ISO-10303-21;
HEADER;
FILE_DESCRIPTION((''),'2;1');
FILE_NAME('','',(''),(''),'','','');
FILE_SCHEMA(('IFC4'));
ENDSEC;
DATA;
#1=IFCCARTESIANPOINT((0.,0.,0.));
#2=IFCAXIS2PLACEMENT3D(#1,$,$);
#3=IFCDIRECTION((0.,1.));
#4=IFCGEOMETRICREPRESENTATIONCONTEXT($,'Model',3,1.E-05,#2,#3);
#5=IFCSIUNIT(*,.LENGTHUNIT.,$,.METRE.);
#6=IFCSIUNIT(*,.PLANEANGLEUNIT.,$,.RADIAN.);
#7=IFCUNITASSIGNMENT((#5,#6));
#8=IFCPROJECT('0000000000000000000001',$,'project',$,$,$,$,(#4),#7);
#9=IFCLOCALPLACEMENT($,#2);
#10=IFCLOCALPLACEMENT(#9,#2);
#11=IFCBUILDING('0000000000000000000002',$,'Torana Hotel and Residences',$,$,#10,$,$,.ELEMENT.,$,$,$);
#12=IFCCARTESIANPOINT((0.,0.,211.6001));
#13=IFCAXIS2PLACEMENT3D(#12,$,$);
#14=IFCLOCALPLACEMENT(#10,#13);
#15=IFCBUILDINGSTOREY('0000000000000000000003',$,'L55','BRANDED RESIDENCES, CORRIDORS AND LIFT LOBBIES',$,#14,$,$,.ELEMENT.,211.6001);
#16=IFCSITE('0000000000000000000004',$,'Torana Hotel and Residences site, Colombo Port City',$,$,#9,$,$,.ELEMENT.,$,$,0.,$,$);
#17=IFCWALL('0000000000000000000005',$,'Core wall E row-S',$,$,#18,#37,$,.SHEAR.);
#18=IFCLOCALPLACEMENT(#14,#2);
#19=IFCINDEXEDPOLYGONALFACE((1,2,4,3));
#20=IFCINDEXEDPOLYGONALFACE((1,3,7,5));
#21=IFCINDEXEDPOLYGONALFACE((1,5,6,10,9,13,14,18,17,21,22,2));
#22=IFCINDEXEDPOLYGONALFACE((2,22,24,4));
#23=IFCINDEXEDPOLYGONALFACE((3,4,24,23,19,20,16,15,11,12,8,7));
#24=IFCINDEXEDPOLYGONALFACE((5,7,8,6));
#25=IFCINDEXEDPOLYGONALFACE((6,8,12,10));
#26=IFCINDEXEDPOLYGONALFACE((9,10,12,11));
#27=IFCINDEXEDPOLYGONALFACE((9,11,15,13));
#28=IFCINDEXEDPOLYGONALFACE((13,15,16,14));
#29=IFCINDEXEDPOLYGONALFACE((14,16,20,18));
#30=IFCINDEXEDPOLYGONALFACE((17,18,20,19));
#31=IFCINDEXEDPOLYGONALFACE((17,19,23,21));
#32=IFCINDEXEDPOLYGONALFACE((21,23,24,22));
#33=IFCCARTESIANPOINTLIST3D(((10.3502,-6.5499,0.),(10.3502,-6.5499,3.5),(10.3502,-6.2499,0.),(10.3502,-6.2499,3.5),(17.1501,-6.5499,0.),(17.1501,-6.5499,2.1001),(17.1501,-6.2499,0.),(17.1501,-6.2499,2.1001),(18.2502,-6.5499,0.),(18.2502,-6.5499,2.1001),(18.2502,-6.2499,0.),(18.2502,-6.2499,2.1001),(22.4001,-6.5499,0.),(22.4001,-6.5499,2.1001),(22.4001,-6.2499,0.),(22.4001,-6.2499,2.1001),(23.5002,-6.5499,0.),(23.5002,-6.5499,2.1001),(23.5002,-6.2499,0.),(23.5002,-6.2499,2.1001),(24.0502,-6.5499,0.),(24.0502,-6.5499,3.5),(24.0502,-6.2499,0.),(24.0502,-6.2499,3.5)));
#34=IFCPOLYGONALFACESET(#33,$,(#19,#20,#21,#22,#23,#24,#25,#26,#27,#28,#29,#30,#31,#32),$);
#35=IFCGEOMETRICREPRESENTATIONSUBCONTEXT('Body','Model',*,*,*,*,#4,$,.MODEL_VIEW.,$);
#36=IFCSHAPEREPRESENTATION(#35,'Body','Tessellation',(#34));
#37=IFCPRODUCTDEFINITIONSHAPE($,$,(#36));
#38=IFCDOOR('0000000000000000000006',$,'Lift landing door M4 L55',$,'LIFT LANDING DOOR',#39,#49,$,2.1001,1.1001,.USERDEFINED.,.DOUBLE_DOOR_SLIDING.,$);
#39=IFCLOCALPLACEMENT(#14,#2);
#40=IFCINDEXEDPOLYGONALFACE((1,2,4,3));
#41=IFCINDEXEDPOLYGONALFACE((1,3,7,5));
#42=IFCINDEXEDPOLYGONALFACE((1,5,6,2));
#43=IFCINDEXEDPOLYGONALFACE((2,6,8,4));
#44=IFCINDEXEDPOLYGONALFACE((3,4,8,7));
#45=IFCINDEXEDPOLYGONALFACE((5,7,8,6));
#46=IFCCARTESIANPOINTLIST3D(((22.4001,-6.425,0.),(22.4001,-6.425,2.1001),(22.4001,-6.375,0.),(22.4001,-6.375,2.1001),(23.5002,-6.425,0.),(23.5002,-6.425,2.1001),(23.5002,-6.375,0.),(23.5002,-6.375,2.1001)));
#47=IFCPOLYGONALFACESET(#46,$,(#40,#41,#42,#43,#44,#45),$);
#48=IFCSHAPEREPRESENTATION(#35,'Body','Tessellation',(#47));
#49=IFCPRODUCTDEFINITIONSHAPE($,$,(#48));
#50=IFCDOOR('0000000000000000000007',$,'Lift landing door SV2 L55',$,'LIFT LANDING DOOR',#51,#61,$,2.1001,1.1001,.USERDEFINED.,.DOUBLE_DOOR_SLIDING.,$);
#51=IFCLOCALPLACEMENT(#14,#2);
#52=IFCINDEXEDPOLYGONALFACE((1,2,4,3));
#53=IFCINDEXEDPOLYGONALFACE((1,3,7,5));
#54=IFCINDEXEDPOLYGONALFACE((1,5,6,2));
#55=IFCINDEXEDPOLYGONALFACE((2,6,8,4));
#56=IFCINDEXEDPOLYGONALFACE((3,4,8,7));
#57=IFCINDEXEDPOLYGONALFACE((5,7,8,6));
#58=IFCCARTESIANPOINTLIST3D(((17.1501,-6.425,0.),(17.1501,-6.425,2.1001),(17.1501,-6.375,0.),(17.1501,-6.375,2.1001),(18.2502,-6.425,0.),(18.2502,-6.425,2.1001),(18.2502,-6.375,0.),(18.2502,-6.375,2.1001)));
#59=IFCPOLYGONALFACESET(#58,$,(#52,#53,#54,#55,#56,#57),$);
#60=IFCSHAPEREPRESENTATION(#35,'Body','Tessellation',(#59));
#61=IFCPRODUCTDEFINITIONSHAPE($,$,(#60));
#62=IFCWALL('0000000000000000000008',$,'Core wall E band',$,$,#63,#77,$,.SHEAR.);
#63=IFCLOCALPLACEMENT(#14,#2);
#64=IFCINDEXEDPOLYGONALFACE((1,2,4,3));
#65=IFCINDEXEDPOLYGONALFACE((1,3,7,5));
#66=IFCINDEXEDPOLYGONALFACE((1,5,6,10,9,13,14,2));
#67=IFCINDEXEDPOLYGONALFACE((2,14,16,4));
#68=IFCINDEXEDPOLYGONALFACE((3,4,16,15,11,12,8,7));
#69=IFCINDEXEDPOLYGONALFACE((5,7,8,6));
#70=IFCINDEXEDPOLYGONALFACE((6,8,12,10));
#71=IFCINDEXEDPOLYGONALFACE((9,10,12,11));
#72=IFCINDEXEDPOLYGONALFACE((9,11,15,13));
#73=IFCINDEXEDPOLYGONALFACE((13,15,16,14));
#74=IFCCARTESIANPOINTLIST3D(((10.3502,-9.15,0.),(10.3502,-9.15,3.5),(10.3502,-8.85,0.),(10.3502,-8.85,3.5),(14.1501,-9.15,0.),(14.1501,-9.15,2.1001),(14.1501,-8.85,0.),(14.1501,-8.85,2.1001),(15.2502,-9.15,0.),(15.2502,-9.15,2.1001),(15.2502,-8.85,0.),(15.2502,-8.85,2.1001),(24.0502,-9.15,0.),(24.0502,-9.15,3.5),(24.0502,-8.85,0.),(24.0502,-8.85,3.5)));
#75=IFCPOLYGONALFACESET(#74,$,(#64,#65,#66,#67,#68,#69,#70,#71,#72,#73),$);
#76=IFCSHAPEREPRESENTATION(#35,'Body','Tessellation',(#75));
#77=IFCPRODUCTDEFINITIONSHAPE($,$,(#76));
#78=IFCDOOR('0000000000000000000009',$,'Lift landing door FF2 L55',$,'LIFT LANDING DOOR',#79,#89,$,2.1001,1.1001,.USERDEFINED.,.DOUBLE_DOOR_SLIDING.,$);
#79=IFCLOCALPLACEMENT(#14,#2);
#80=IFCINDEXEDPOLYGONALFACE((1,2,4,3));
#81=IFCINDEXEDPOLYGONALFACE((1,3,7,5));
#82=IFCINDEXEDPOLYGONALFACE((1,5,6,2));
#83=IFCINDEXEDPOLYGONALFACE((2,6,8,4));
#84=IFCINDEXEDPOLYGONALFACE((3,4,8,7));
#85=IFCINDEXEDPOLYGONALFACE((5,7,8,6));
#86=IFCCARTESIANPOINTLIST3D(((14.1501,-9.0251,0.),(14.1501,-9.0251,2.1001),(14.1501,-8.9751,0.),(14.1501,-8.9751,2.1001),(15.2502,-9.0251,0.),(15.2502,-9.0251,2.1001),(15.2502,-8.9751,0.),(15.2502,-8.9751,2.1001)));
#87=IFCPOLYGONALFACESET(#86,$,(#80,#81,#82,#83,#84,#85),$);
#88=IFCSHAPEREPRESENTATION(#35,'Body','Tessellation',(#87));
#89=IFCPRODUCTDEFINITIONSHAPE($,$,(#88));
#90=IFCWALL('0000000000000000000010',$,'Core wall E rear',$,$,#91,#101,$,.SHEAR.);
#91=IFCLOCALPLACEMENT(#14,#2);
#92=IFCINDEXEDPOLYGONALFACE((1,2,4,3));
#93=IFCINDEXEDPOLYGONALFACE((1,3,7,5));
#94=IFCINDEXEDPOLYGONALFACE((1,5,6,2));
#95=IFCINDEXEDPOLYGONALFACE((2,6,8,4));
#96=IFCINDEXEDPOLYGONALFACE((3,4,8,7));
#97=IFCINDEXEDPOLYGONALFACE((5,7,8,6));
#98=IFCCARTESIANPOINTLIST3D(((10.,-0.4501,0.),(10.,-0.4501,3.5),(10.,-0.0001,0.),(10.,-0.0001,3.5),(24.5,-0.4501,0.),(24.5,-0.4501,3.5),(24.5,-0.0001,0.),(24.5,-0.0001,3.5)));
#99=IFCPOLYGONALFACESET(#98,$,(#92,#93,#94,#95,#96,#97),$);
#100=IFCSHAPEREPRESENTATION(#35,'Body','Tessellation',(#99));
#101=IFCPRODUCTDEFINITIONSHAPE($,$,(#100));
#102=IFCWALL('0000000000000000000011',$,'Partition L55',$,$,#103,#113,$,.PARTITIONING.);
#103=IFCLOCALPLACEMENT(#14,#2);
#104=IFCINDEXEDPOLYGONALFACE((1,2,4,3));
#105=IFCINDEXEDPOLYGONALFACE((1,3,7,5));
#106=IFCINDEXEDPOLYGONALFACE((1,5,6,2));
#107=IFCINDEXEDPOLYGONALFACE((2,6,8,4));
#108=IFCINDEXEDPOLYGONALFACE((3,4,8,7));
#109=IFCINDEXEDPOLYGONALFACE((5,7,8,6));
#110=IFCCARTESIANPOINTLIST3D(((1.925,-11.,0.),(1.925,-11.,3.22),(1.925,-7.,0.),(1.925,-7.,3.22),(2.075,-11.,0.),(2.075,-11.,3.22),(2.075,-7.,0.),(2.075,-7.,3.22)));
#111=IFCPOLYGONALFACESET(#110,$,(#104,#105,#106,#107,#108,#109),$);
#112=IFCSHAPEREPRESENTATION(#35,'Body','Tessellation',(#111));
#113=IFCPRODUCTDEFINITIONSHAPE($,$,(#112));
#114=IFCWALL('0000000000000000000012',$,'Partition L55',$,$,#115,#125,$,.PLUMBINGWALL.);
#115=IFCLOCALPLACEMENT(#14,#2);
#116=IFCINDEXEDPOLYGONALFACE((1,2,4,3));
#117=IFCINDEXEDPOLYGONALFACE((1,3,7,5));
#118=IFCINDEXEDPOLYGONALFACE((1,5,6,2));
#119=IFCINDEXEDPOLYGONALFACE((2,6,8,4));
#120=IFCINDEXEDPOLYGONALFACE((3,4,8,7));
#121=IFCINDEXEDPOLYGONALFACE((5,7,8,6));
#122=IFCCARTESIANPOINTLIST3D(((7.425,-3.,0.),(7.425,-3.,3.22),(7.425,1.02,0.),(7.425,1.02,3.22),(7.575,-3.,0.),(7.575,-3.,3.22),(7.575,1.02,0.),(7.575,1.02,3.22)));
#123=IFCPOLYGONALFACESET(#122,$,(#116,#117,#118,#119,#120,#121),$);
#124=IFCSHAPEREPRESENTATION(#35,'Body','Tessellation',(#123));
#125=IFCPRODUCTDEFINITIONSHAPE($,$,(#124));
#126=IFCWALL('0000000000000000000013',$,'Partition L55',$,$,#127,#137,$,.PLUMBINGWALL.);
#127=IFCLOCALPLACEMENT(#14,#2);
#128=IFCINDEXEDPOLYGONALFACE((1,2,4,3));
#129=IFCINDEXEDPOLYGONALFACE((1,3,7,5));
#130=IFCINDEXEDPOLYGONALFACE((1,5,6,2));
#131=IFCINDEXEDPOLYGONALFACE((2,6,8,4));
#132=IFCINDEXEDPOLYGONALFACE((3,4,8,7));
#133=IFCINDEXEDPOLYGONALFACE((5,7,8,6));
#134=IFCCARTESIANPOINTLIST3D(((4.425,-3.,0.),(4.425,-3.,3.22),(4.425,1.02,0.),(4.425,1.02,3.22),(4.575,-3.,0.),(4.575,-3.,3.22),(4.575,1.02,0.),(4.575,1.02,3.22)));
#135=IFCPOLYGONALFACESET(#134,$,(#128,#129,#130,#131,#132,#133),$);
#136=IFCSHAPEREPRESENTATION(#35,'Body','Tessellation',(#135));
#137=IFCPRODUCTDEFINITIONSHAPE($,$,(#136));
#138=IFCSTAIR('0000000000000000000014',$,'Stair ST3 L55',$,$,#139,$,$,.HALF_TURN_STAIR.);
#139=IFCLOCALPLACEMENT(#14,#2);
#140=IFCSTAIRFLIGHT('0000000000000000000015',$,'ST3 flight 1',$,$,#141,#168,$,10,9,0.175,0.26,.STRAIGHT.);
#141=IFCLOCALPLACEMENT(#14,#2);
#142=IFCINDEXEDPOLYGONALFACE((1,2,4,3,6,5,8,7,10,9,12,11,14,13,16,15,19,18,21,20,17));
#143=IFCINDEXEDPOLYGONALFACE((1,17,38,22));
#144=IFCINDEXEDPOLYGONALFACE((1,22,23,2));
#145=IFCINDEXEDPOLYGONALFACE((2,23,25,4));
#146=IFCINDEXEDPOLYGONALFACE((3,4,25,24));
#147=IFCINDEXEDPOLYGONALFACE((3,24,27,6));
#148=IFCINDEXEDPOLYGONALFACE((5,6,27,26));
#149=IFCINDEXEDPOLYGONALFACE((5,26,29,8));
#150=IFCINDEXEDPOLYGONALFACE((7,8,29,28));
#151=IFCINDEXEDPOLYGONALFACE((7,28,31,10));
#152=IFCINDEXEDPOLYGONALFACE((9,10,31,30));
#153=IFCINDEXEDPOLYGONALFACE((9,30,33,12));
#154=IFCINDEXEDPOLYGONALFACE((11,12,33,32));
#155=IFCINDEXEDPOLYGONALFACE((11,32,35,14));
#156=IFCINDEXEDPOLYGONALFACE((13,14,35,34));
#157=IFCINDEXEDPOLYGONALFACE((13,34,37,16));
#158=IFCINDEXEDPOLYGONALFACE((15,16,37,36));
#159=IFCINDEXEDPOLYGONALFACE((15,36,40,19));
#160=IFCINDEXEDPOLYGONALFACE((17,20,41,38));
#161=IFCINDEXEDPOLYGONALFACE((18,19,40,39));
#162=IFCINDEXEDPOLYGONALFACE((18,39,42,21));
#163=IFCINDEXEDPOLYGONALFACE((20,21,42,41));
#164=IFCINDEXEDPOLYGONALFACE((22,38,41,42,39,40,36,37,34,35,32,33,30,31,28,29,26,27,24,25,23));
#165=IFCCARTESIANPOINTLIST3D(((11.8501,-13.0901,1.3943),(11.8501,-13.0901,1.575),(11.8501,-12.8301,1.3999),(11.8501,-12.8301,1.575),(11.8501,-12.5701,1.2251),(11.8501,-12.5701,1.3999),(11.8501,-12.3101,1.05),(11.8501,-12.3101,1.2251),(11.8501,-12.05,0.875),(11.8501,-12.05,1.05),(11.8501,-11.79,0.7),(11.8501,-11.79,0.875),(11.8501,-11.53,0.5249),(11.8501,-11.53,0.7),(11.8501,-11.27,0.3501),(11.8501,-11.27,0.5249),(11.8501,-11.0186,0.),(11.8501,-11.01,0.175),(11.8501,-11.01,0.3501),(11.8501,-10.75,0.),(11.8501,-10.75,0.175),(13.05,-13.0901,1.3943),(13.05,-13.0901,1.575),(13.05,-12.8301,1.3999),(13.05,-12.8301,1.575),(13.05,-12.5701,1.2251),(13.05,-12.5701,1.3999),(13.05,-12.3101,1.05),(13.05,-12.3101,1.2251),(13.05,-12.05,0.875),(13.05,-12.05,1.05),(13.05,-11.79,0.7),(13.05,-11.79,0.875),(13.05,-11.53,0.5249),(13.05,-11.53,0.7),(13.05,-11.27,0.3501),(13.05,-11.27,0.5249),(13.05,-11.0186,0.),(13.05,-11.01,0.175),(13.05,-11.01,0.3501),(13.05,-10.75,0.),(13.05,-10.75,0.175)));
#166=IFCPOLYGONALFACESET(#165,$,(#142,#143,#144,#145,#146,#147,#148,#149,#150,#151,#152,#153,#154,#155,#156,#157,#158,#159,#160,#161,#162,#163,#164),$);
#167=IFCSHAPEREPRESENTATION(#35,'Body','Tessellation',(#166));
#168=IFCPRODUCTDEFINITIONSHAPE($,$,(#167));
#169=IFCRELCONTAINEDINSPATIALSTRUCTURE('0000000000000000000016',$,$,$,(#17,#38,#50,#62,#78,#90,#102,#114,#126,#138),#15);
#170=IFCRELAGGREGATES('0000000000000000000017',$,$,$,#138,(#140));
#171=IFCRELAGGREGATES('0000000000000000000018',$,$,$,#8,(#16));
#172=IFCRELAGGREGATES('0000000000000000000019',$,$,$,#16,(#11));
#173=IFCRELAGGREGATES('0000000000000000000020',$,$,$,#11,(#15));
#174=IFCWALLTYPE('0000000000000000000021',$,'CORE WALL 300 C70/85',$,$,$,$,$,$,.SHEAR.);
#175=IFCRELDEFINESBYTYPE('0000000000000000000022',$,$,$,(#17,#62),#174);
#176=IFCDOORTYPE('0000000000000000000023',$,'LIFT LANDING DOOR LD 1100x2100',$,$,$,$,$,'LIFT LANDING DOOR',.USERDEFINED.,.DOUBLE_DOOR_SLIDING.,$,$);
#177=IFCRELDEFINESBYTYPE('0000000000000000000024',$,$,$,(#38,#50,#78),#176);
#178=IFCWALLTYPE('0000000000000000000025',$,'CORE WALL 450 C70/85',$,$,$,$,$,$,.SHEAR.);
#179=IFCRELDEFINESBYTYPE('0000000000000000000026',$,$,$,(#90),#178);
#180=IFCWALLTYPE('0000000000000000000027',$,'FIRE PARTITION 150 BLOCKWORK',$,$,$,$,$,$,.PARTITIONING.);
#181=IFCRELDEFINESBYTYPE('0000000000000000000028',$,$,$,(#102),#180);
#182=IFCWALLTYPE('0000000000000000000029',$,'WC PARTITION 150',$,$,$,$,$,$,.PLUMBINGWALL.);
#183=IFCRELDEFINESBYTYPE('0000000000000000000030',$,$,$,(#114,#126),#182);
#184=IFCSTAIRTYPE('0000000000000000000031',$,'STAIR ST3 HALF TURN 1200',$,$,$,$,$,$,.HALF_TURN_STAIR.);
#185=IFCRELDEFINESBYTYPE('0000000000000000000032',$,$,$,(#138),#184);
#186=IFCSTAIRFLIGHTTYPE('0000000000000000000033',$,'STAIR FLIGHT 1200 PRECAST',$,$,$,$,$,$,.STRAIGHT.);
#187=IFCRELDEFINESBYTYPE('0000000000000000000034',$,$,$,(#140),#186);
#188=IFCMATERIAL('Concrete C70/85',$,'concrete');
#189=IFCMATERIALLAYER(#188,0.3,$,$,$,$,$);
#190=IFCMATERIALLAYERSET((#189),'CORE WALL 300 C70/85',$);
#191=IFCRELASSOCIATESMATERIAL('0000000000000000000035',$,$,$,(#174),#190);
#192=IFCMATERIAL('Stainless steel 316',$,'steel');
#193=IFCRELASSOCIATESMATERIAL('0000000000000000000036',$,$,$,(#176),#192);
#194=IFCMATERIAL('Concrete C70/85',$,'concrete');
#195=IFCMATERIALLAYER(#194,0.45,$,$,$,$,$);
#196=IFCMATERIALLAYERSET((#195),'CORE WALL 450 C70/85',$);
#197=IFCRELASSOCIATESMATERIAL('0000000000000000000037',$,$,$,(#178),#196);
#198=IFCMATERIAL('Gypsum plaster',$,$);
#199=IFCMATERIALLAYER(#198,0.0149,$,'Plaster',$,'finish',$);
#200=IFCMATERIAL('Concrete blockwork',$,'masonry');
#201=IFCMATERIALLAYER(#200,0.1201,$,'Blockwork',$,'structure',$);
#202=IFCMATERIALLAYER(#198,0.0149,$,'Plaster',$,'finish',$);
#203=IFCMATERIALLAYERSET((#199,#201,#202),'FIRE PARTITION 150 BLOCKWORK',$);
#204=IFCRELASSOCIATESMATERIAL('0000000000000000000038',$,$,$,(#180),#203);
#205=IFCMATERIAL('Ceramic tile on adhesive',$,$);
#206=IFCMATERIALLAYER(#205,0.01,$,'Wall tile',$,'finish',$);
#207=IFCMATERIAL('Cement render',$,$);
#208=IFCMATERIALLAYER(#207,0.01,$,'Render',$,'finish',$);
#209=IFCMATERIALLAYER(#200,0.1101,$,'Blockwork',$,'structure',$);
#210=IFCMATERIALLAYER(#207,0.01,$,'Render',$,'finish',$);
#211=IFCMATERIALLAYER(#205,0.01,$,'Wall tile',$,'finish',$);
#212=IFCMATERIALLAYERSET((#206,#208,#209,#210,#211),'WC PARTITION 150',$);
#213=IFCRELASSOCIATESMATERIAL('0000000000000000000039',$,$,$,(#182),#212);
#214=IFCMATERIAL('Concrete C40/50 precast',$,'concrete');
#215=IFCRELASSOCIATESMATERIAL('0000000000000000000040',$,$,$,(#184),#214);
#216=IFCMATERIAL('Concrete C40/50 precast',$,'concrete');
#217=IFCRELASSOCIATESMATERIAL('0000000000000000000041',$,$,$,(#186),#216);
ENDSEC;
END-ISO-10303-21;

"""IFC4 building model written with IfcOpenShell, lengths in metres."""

from ifc_helpers import new_model, si_unit, direction, frame, frame_2d, origin, place, context, subcontext, project, spatial, polyline, rectangle, outline, extrude, material, layer, layer_set, type_object, element, fill, aggregate, save


model = new_model("IFC4")

# Units and contexts
model_context = context("Model", 3, precision=1e-05, world=origin(), true_north=direction((0.0, 1.0)))
body_context = subcontext(model_context, "Body", "Model", "MODEL_VIEW")
ifc_project = project(units=[si_unit("LENGTHUNIT", "METRE"), si_unit("PLANEANGLEUNIT", "RADIAN")], contexts=[model_context])

# Site, building, storey
site_placement = place(None, origin())
site = spatial("IfcSite", under=ifc_project, at=site_placement, Name="Torana Hotel and Residences site, Colombo Port City", CompositionType="ELEMENT", RefElevation=0.0)
building_placement = place(site_placement, origin())
building = spatial("IfcBuilding", under=site, at=building_placement, Name="Torana Hotel and Residences", CompositionType="ELEMENT")
storey_placement = place(building_placement, frame((0.0, 0.0, 211.6001)))
storey = spatial("IfcBuildingStorey", under=building, at=storey_placement, Name="L55", Description="BRANDED RESIDENCES, CORRIDORS AND LIFT LOBBIES", CompositionType="ELEMENT", Elevation=211.6001)

# Wall, openings, doors
ifc_material_1 = material(Name="Concrete C70/85", Category="concrete")
ifc_layer_1 = layer(ifc_material_1, 0.3)
ifc_layer_set_1 = layer_set([ifc_layer_1], Name="CORE WALL 300 C70/85")
wall_type_1 = type_object("IfcWallType", Name="CORE WALL 300 C70/85", PredefinedType="SHEAR", material=ifc_layer_set_1)
ifc_material_2 = material(Name="Stainless steel 316", Category="steel")
door_type_1 = type_object("IfcDoorType", Name="LIFT LANDING DOOR LD 1100x2100", ElementType="LIFT LANDING DOOR", OperationType="DOUBLE_DOOR_SLIDING", PredefinedType="USERDEFINED", material=ifc_material_2)
wall_1_placement = place(storey_placement, frame((10.3501, -6.3999, 0.0), z_axis=(0.0, 0.0, 1.0), x_axis=(1.0, 0.0, 0.0)))
wall_1 = element("IfcWall", 1, at=wall_1_placement, inside=storey, type_object=wall_type_1, Name="Core wall E row-S", PredefinedType="SHEAR", context=body_context, shape_type="SweptSolid", body=[
    extrude(rectangle(XDim=13.7, YDim=0.3, at=frame_2d((6.8501, 0.0))), origin(), (0.0, 0.0, 1.0), 3.5),
])
opening_1_placement = place(wall_1_placement, frame((12.05, 0.0, 0.0)))
opening_1 = element("IfcOpeningElement", 2, at=opening_1_placement, cuts=wall_1, PredefinedType="OPENING", context=body_context, shape_type="SweptSolid", body=[
    extrude(rectangle(XDim=1.1001, YDim=2.1001, at=frame_2d((0.55, 1.05))), frame((0.0, 0.1599, 0.0), z_axis=(0.0, -1.0, 0.0), x_axis=(1.0, 0.0, 0.0)), (0.0, 0.0, 1.0), 0.3201),
])
opening_2_placement = place(wall_1_placement, frame((6.8, 0.0, 0.0)))
opening_2 = element("IfcOpeningElement", 3, at=opening_2_placement, cuts=wall_1, PredefinedType="OPENING", context=body_context, shape_type="SweptSolid", body=[
    extrude(rectangle(XDim=1.1001, YDim=2.1001, at=frame_2d((0.55, 1.05))), frame((0.0, 0.1599, 0.0), z_axis=(0.0, -1.0, 0.0), x_axis=(1.0, 0.0, 0.0)), (0.0, 0.0, 1.0), 0.3201),
])
door_1_placement = place(opening_1_placement, origin())
door_1 = element("IfcDoor", 4, at=door_1_placement, inside=storey, type_object=door_type_1, Name="Lift landing door M4 L55", ObjectType="LIFT LANDING DOOR", OperationType="DOUBLE_DOOR_SLIDING", OverallHeight=2.1001, OverallWidth=1.1001, PredefinedType="USERDEFINED", context=body_context, shape_type="SweptSolid", body=[
    extrude(rectangle(XDim=1.1001, YDim=2.1001, at=frame_2d((0.55, 1.05))), frame((0.0, 0.0249, 0.0), z_axis=(0.0, -1.0, 0.0), x_axis=(1.0, 0.0, 0.0)), (0.0, 0.0, 1.0), 0.05),
])
fill(opening_1, door_1)
door_2_placement = place(opening_2_placement, origin())
door_2 = element("IfcDoor", 5, at=door_2_placement, inside=storey, type_object=door_type_1, Name="Lift landing door SV2 L55", ObjectType="LIFT LANDING DOOR", OperationType="DOUBLE_DOOR_SLIDING", OverallHeight=2.1001, OverallWidth=1.1001, PredefinedType="USERDEFINED", context=body_context, shape_type="SweptSolid", body=[
    extrude(rectangle(XDim=1.1001, YDim=2.1001, at=frame_2d((0.55, 1.05))), frame((0.0, 0.0249, 0.0), z_axis=(0.0, -1.0, 0.0), x_axis=(1.0, 0.0, 0.0)), (0.0, 0.0, 1.0), 0.05),
])
fill(opening_2, door_2)

# Wall, opening, door
wall_2_placement = place(storey_placement, frame((10.3501, -9.0, 0.0), z_axis=(0.0, 0.0, 1.0), x_axis=(1.0, 0.0, 0.0)))
wall_2 = element("IfcWall", 6, at=wall_2_placement, inside=storey, type_object=wall_type_1, Name="Core wall E band", PredefinedType="SHEAR", context=body_context, shape_type="SweptSolid", body=[
    extrude(rectangle(XDim=13.7, YDim=0.3, at=frame_2d((6.8501, 0.0))), origin(), (0.0, 0.0, 1.0), 3.5),
])
opening_3_placement = place(wall_2_placement, frame((3.8, 0.0, 0.0)))
opening_3 = element("IfcOpeningElement", 7, at=opening_3_placement, cuts=wall_2, PredefinedType="OPENING", context=body_context, shape_type="SweptSolid", body=[
    extrude(rectangle(XDim=1.1001, YDim=2.1001, at=frame_2d((0.55, 1.05))), frame((0.0, 0.1599, 0.0), z_axis=(0.0, -1.0, 0.0), x_axis=(1.0, 0.0, 0.0)), (0.0, 0.0, 1.0), 0.3201),
])
door_3_placement = place(opening_3_placement, origin())
door_3 = element("IfcDoor", 8, at=door_3_placement, inside=storey, type_object=door_type_1, Name="Lift landing door FF2 L55", ObjectType="LIFT LANDING DOOR", OperationType="DOUBLE_DOOR_SLIDING", OverallHeight=2.1001, OverallWidth=1.1001, PredefinedType="USERDEFINED", context=body_context, shape_type="SweptSolid", body=[
    extrude(rectangle(XDim=1.1001, YDim=2.1001, at=frame_2d((0.55, 1.05))), frame((0.0, 0.0249, 0.0), z_axis=(0.0, -1.0, 0.0), x_axis=(1.0, 0.0, 0.0)), (0.0, 0.0, 1.0), 0.05),
])
fill(opening_3, door_3)

# Walls
ifc_material_3 = material(Name="Concrete C70/85", Category="concrete")
ifc_layer_2 = layer(ifc_material_3, 0.45)
ifc_layer_set_2 = layer_set([ifc_layer_2], Name="CORE WALL 450 C70/85")
wall_type_2 = type_object("IfcWallType", Name="CORE WALL 450 C70/85", PredefinedType="SHEAR", material=ifc_layer_set_2)
wall_3_placement = place(storey_placement, frame((10.0, -0.2251, 0.0), z_axis=(0.0, 0.0, 1.0), x_axis=(1.0, 0.0, 0.0)))
element("IfcWall", 9, at=wall_3_placement, inside=storey, type_object=wall_type_2, Name="Core wall E rear", PredefinedType="SHEAR", context=body_context, shape_type="SweptSolid", body=[
    extrude(rectangle(XDim=14.5, YDim=0.45, at=frame_2d((7.25, 0.0))), origin(), (0.0, 0.0, 1.0), 3.5),
])
ifc_material_4 = material(Name="Gypsum plaster")
ifc_layer_3 = layer(ifc_material_4, 0.0149, Name="Plaster", Category="finish")
ifc_material_5 = material(Name="Concrete blockwork", Category="masonry")
ifc_layer_4 = layer(ifc_material_5, 0.1201, Name="Blockwork", Category="structure")
ifc_layer_5 = layer(ifc_material_4, 0.0149, Name="Plaster", Category="finish")
ifc_layer_set_3 = layer_set([ifc_layer_3, ifc_layer_4, ifc_layer_5], Name="FIRE PARTITION 150 BLOCKWORK")
wall_type_3 = type_object("IfcWallType", Name="FIRE PARTITION 150 BLOCKWORK", PredefinedType="PARTITIONING", material=ifc_layer_set_3)
wall_4_placement = place(storey_placement, frame((2.0, -11.0, 0.0), z_axis=(0.0, 0.0, 1.0), x_axis=(0.0, 1.0, 0.0)))
element("IfcWall", 10, at=wall_4_placement, inside=storey, type_object=wall_type_3, Name="Partition L55", PredefinedType="PARTITIONING", context=body_context, shape_type="SweptSolid", body=[
    extrude(rectangle(XDim=4.0, YDim=0.1499, at=frame_2d((2.0, 0.0))), origin(), (0.0, 0.0, 1.0), 3.22),
])
ifc_material_6 = material(Name="Ceramic tile on adhesive")
ifc_layer_6 = layer(ifc_material_6, 0.01, Name="Wall tile", Category="finish")
ifc_material_7 = material(Name="Cement render")
ifc_layer_7 = layer(ifc_material_7, 0.01, Name="Render", Category="finish")
ifc_layer_8 = layer(ifc_material_5, 0.1101, Name="Blockwork", Category="structure")
ifc_layer_9 = layer(ifc_material_7, 0.01, Name="Render", Category="finish")
ifc_layer_10 = layer(ifc_material_6, 0.01, Name="Wall tile", Category="finish")
ifc_layer_set_4 = layer_set([ifc_layer_6, ifc_layer_7, ifc_layer_8, ifc_layer_9, ifc_layer_10], Name="WC PARTITION 150")
wall_type_4 = type_object("IfcWallType", Name="WC PARTITION 150", PredefinedType="PLUMBINGWALL", material=ifc_layer_set_4)
for number, where, z_axis, x_axis, name in (
    (11, (7.5, -3.0, 0.0), (0.0, 0.0, 1.0), (0.0, 1.0, 0.0), "Partition L55"),
    (12, (4.5, -3.0, 0.0), (0.0, 0.0, 1.0), (0.0, 1.0, 0.0), "Partition L55"),
):
    element("IfcWall", number, at=place(storey_placement, frame(where, z_axis=z_axis, x_axis=x_axis)), inside=storey, type_object=wall_type_4, Name=name, PredefinedType="PLUMBINGWALL", context=body_context, shape_type="SweptSolid", body=[
        extrude(rectangle(XDim=4.02, YDim=0.1499, at=frame_2d((2.01, 0.0))), origin(), (0.0, 0.0, 1.0), 3.22),
    ])

# Stair, stair flight
ifc_material_8 = material(Name="Concrete C40/50 precast", Category="concrete")
stair_type = type_object("IfcStairType", Name="STAIR ST3 HALF TURN 1200", PredefinedType="HALF_TURN_STAIR", material=ifc_material_8)
stair_placement = place(storey_placement, origin())
stair = element("IfcStair", 13, at=stair_placement, inside=storey, type_object=stair_type, Name="Stair ST3 L55", PredefinedType="HALF_TURN_STAIR")
ifc_material_9 = material(Name="Concrete C40/50 precast", Category="concrete")
stair_flight_type = type_object("IfcStairFlightType", Name="STAIR FLIGHT 1200 PRECAST", PredefinedType="STRAIGHT", material=ifc_material_9)
stair_flight_1_placement = place(storey_placement, frame((12.45, -10.75, 0.0), z_axis=(0.0, 0.0, 1.0), x_axis=(0.0, -1.0, 0.0)))
stair_flight_1 = element("IfcStairFlight", 14, at=stair_flight_1_placement, type_object=stair_flight_type, Name="ST3 flight 1", NumberOfRisers=10, NumberOfTreads=9, PredefinedType="STRAIGHT", RiserHeight=0.175, TreadLength=0.26, context=body_context, shape_type="SweptSolid", body=[
    extrude(outline(polyline([(0.0, 0.0), (0.0, 0.175), (0.26, 0.175), (0.26, 0.3501), (0.52, 0.3501), (0.52, 0.5249), (0.78, 0.5249), (0.78, 0.7), (1.04, 0.7), (1.04, 0.875), (1.3, 0.875), (1.3, 1.05), (1.5601, 1.05), (1.5601, 1.2251), (1.8201, 1.2251), (1.8201, 1.3999), (2.0801, 1.3999), (2.0801, 1.575), (2.3401, 1.575), (2.3401, 1.75), (2.3401, 1.3943), (0.2686, 0.0), (0.0, 0.0)])), frame((0.0, 0.6001, 0.0), z_axis=(0.0, -1.0, 0.0), x_axis=(1.0, 0.0, 0.0)), (0.0, 0.0, 1.0), 1.2),
])
aggregate(stair, [stair_flight_1])

save(model, "model.ifc")
